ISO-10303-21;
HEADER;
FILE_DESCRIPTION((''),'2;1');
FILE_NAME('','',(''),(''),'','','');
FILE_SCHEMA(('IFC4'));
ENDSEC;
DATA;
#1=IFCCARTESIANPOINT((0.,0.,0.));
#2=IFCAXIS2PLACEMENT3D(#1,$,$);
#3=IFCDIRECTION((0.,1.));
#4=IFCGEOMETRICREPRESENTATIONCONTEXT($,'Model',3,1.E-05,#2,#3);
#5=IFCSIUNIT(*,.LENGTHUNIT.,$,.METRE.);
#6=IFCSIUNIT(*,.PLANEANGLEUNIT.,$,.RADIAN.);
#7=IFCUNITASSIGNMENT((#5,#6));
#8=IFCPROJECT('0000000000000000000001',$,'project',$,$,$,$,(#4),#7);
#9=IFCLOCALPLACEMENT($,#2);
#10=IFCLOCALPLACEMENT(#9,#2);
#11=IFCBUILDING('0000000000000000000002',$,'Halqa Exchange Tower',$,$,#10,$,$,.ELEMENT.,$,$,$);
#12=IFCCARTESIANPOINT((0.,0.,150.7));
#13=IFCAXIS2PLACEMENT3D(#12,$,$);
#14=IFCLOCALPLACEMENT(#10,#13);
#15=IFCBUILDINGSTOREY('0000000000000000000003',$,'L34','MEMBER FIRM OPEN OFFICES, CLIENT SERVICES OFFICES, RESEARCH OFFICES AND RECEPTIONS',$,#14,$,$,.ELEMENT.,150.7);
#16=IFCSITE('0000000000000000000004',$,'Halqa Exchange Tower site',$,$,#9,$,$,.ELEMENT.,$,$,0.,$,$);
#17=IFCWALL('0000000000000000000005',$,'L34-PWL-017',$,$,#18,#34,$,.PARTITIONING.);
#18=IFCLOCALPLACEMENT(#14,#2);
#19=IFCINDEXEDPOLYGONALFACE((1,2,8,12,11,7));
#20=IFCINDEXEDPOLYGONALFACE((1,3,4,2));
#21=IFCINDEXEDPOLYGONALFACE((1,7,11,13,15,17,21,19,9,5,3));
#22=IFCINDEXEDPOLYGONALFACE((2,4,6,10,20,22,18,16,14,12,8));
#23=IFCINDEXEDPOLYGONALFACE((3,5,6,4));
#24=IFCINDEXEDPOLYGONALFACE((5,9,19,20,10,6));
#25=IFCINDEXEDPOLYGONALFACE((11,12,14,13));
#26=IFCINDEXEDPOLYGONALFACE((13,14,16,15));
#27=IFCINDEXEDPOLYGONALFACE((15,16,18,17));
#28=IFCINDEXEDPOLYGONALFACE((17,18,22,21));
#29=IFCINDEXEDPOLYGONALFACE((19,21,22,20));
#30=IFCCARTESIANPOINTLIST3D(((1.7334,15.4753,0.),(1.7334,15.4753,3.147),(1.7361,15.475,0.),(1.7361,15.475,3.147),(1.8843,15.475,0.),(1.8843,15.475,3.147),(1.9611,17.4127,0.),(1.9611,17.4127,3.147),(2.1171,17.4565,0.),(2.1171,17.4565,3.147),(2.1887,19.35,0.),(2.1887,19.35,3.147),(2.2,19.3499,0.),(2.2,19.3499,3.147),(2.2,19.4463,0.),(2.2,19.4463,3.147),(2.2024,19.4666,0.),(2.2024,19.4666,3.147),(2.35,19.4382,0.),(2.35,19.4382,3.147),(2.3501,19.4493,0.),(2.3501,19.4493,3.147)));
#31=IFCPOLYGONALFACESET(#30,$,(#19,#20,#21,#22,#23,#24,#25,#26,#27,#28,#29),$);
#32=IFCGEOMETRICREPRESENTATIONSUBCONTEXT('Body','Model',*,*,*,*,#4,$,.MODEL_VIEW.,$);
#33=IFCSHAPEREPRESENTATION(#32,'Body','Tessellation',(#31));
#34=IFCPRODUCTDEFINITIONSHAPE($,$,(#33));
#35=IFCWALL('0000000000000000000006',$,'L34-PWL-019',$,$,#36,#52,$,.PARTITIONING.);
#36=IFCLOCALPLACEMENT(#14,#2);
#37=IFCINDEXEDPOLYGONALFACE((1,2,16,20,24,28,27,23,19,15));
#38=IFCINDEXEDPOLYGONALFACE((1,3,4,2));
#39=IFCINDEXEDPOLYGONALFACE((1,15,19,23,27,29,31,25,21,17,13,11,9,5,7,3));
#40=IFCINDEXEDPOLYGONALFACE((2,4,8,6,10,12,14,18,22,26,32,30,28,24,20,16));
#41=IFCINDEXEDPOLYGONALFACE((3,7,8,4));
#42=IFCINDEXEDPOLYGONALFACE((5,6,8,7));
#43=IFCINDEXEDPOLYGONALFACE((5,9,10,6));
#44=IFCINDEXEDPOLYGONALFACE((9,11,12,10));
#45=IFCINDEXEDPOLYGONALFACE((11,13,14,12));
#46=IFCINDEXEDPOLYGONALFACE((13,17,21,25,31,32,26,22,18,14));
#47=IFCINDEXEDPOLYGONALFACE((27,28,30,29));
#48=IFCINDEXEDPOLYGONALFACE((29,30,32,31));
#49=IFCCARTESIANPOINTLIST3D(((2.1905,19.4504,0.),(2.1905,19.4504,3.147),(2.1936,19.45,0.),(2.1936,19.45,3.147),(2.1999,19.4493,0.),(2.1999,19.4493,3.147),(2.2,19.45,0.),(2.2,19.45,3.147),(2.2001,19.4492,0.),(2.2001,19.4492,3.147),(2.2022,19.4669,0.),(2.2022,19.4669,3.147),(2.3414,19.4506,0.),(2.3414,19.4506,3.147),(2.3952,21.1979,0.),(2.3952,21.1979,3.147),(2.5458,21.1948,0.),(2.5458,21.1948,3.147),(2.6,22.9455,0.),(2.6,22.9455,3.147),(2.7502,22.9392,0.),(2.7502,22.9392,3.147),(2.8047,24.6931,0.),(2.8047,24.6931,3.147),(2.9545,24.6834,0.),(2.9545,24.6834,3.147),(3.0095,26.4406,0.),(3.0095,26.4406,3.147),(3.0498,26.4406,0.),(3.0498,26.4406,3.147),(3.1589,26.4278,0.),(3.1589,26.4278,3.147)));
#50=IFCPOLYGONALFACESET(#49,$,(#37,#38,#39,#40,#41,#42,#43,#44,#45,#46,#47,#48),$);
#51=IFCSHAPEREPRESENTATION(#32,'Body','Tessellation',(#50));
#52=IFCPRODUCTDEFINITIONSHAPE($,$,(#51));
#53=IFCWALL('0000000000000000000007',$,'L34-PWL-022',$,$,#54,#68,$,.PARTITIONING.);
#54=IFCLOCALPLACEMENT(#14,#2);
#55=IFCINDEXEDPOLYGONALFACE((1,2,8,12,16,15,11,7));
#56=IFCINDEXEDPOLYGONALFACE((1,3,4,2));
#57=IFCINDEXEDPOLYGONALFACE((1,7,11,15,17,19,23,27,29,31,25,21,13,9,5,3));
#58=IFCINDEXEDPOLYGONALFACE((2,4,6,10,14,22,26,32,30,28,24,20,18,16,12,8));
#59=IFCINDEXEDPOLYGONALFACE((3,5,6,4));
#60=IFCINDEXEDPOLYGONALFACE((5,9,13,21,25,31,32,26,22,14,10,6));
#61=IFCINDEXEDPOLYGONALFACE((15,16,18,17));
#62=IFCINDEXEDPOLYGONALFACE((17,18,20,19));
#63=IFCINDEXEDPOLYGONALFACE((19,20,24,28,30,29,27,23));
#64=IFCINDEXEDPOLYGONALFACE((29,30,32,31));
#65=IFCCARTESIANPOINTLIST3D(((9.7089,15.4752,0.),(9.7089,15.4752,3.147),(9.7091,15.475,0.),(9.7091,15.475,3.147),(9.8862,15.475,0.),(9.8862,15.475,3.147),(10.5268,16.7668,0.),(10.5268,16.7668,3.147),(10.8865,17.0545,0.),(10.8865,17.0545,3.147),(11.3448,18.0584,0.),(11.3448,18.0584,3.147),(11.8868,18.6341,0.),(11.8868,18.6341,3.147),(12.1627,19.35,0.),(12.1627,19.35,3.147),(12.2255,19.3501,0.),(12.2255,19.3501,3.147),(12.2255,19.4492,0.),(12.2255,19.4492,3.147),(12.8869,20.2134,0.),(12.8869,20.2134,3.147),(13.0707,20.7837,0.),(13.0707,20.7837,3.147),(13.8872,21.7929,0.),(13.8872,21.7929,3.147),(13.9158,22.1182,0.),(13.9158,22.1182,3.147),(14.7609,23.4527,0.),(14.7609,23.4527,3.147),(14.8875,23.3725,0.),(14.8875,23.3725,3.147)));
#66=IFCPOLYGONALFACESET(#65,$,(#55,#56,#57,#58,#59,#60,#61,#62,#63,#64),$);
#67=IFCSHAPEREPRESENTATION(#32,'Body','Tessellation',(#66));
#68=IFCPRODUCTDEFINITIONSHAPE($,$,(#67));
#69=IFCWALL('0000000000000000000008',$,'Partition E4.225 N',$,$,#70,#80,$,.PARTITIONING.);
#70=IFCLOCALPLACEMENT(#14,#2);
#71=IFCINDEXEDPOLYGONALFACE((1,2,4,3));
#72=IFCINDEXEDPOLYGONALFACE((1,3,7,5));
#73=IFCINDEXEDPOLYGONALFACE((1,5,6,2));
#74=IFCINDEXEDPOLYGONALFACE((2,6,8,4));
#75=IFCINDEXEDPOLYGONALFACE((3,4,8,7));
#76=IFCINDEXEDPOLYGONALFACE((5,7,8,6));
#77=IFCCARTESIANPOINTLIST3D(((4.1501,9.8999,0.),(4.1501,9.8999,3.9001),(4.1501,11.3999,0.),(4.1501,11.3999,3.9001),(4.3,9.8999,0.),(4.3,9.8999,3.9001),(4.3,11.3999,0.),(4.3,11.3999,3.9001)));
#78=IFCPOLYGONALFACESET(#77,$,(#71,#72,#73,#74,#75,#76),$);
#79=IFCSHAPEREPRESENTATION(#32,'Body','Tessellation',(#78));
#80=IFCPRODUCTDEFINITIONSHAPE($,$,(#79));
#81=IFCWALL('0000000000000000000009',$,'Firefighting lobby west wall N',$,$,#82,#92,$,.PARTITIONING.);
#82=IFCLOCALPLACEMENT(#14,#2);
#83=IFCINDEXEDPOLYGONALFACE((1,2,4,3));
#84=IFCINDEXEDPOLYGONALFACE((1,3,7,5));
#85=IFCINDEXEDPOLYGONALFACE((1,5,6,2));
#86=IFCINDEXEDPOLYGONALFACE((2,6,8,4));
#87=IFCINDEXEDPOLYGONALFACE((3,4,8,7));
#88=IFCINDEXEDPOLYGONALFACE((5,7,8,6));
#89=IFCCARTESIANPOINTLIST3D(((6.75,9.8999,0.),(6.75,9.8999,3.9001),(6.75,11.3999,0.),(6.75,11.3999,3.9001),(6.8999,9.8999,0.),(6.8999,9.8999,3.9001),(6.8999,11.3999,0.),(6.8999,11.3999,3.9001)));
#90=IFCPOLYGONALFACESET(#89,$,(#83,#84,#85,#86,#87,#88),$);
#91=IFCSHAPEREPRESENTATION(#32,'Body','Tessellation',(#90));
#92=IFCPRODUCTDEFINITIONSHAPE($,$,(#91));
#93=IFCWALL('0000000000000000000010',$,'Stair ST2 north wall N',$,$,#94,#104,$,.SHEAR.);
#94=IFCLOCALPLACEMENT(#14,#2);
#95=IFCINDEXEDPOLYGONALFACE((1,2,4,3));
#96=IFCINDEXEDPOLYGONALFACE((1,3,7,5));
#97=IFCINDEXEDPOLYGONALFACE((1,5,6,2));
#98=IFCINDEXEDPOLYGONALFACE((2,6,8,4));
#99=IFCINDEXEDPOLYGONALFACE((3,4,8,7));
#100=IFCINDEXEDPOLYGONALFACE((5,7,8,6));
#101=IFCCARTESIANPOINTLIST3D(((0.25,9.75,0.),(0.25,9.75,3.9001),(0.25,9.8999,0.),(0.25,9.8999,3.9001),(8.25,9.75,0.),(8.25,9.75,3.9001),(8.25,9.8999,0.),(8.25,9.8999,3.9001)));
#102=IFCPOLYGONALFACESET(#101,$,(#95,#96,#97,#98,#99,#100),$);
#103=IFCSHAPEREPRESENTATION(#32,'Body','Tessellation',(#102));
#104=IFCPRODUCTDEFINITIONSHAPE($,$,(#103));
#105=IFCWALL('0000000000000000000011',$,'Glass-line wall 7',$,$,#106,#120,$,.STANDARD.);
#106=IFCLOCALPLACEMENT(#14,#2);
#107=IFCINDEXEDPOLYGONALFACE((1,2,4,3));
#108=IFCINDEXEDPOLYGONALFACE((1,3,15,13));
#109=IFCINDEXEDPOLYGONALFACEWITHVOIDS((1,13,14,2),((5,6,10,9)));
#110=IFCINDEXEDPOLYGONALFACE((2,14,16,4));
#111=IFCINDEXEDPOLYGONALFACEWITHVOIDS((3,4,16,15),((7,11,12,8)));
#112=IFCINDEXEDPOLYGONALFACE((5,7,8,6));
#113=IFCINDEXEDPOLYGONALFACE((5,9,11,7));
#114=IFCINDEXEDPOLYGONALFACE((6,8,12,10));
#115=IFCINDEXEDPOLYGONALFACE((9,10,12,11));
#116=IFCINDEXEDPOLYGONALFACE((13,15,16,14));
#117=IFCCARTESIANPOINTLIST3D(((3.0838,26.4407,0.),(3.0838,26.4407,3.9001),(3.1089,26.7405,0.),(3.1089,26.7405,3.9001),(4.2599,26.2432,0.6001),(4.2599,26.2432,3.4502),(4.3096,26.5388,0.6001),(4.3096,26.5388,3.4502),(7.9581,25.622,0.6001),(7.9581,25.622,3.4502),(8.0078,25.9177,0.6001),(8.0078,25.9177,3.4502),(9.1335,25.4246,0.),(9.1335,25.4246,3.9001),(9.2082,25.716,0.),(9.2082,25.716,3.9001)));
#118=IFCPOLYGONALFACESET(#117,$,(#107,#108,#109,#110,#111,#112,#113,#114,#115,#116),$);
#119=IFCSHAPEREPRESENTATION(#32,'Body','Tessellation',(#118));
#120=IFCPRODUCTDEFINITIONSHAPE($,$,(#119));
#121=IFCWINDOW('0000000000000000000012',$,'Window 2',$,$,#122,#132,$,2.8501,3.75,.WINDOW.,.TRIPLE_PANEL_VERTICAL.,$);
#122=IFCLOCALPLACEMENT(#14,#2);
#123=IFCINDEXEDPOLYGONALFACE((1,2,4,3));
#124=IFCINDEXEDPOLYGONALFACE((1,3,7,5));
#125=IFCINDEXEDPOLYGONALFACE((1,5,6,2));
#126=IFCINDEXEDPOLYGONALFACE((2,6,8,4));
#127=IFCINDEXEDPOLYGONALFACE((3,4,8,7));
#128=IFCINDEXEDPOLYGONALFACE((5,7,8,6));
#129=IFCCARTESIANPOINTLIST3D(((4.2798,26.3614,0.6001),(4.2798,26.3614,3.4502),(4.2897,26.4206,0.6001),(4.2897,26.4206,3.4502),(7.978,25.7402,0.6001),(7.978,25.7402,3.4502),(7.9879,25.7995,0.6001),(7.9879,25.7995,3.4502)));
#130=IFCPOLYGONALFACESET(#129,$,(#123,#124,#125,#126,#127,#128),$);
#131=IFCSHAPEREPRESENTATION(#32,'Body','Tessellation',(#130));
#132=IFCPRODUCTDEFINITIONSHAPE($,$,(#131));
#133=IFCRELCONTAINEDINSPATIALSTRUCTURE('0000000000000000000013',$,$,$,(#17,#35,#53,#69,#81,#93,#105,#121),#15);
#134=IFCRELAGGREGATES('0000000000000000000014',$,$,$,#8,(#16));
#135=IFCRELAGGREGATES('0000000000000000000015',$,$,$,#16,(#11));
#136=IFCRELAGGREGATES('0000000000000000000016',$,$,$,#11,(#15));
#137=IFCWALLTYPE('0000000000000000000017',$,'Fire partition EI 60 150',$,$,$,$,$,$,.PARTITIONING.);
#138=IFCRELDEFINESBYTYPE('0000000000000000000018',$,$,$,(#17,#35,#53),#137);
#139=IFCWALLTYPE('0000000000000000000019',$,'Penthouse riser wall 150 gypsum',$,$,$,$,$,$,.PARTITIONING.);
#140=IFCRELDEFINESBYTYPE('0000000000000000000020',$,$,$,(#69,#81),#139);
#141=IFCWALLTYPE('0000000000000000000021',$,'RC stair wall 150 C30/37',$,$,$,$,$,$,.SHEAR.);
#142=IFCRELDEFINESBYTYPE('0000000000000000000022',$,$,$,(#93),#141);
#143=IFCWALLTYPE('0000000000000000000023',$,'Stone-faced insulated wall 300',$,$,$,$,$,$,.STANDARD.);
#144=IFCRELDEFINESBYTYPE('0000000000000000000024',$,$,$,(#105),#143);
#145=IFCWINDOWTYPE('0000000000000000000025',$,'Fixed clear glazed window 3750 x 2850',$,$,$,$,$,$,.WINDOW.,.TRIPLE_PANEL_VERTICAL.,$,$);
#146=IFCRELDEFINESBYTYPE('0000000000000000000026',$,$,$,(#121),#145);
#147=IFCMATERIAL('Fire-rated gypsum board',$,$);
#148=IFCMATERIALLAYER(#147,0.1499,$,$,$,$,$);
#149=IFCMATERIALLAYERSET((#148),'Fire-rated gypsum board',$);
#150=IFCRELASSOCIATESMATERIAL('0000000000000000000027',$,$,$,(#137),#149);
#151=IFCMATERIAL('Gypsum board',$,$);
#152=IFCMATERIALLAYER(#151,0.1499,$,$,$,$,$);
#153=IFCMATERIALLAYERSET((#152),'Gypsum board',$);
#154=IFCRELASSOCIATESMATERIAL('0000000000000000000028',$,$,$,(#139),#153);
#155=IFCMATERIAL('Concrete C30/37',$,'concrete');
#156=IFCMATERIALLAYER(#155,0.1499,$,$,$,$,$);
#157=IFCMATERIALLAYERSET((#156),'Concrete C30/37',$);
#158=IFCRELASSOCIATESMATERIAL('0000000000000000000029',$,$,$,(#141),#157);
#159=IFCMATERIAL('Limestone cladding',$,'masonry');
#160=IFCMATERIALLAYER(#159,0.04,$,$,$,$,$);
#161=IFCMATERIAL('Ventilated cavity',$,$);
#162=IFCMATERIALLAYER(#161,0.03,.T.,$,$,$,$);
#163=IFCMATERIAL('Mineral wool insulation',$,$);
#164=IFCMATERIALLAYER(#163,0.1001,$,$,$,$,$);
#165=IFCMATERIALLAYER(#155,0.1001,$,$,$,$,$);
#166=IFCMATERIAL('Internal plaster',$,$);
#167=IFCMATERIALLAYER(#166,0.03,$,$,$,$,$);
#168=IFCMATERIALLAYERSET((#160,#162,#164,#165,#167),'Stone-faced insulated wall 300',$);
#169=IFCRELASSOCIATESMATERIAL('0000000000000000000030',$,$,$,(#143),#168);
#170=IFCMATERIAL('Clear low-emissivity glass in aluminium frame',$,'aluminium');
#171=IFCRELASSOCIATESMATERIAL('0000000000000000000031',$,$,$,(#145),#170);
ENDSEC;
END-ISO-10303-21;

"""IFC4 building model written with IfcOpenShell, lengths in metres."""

from ifc_helpers import new_model, si_unit, direction, frame, frame_2d, origin, place, context, subcontext, project, spatial, polyline, rectangle, outline, extrude, material, layer, layer_set, type_object, element, fill, save


model = new_model("IFC4")

# Units and contexts
model_context = context("Model", 3, precision=1e-05, world=origin(), true_north=direction((0.0, 1.0)))
body_context = subcontext(model_context, "Body", "Model", "MODEL_VIEW")
ifc_project = project(units=[si_unit("LENGTHUNIT", "METRE"), si_unit("PLANEANGLEUNIT", "RADIAN")], contexts=[model_context])

# Site, building, storey
site_placement = place(None, origin())
site = spatial("IfcSite", under=ifc_project, at=site_placement, Name="Halqa Exchange Tower site", CompositionType="ELEMENT", RefElevation=0.0)
building_placement = place(site_placement, origin())
building = spatial("IfcBuilding", under=site, at=building_placement, Name="Halqa Exchange Tower", CompositionType="ELEMENT")
storey_placement = place(building_placement, frame((0.0, 0.0, 150.7)))
storey = spatial("IfcBuildingStorey", under=building, at=storey_placement, Name="L34", Description="MEMBER FIRM OPEN OFFICES, CLIENT SERVICES OFFICES, RESEARCH OFFICES AND RECEPTIONS", CompositionType="ELEMENT", Elevation=150.7)

# Walls
ifc_material_1 = material(Name="Fire-rated gypsum board")
ifc_layer_1 = layer(ifc_material_1, 0.1499)
ifc_layer_set_1 = layer_set([ifc_layer_1], Name="Fire-rated gypsum board")
wall_type_1 = type_object("IfcWallType", Name="Fire partition EI 60 150", PredefinedType="PARTITIONING", material=ifc_layer_set_1)
wall_1_placement = place(storey_placement, frame((1.8079, 15.4666, 0.0), z_axis=(0.0, 0.0, 1.0), x_axis=(0.116697, 0.993168, 0.0)))
element("IfcWall", 1, at=wall_1_placement, inside=storey, type_object=wall_type_1, Name="L34-PWL-017", PredefinedType="PARTITIONING", context=body_context, shape_type="SweptSolid", body=[
    extrude(outline(polyline([(0.0173, -0.075), (2.0125, -0.075), (4.0078, -0.075), (4.0188, -0.0737), (4.0188, 0.075), (3.9983, 0.075), (3.9026, 0.0637), (3.9014, 0.075), (1.9507, 0.075), (0.0, 0.075), (0.0, 0.0723), (0.0173, -0.075)])), origin(), (0.0, 0.0, 1.0), 3.147),
])
wall_2_placement = place(storey_placement, frame((2.2649, 19.4417, 0.0), z_axis=(0.0, 0.0, 1.0), x_axis=(0.116373, 0.993206, 0.0)))
element("IfcWall", 2, at=wall_2_placement, inside=storey, type_object=wall_type_1, Name="L34-PWL-019", PredefinedType="PARTITIONING", context=body_context, shape_type="SweptSolid", body=[
    extrude(outline(polyline([(7.0427, -0.075), (7.0427, 0.0349), (7.0381, 0.075), (5.2786, 0.075), (3.519, 0.075), (1.7595, 0.075), (0.0, 0.075), (0.0, 0.0718), (0.0007, 0.0654), (0.0, 0.0654), (0.0, 0.0652), (0.0178, 0.0652), (0.0178, -0.075), (1.7739, -0.075), (3.5303, -0.075), (5.2864, -0.075), (7.0427, -0.075)])), origin(), (0.0, 0.0, 1.0), 3.147),
])
wall_3_placement = place(storey_placement, frame((9.7722, 15.4351, 0.0), z_axis=(0.0, 0.0, 1.0), x_axis=(0.535019, 0.84484, 0.0)))
element("IfcWall", 3, at=wall_3_placement, inside=storey, type_object=wall_type_1, Name="L34-PWL-022", PredefinedType="PARTITIONING", context=body_context, shape_type="SweptSolid", body=[
    extrude(outline(polyline([(9.4426, 0.075), (7.863, 0.075), (6.2834, 0.075), (4.7039, 0.075), (4.6201, 0.022), (4.5864, 0.075), (3.0576, 0.075), (1.5288, 0.075), (0.0, 0.075), (0.0, 0.0747), (0.0947, -0.075), (1.9644, -0.075), (3.834, -0.075), (5.7034, -0.075), (7.573, -0.075), (9.4426, -0.075), (9.4426, 0.075)])), origin(), (0.0, 0.0, 1.0), 3.147),
])

# Shared definitions
ifc_material_2 = material(Name="Gypsum board")

# Walls
ifc_layer_2 = layer(ifc_material_2, 0.1499)
ifc_layer_set_2 = layer_set([ifc_layer_2], Name="Gypsum board")
wall_type_2 = type_object("IfcWallType", Name="Penthouse riser wall 150 gypsum", PredefinedType="PARTITIONING", material=ifc_layer_set_2)
for number, where, z_axis, x_axis, name in (
    (4, (4.2251, 9.8999, 0.0), (0.0, 0.0, 1.0), (0.0, 1.0, 0.0), "Partition E4.225 N"),
    (5, (6.825, 9.8999, 0.0), (0.0, 0.0, 1.0), (0.0, 1.0, 0.0), "Firefighting lobby west wall N"),
):
    element("IfcWall", number, at=place(storey_placement, frame(where, z_axis=z_axis, x_axis=x_axis)), inside=storey, type_object=wall_type_2, Name=name, PredefinedType="PARTITIONING", context=body_context, shape_type="SweptSolid", body=[
        extrude(rectangle(XDim=1.5, YDim=0.1499, at=frame_2d((0.75, 0.0))), origin(), (0.0, 0.0, 1.0), 3.9001),
    ])
ifc_material_3 = material(Name="Concrete C30/37", Category="concrete")
ifc_layer_3 = layer(ifc_material_3, 0.1499)
ifc_layer_set_3 = layer_set([ifc_layer_3], Name="Concrete C30/37")
wall_type_3 = type_object("IfcWallType", Name="RC stair wall 150 C30/37", PredefinedType="SHEAR", material=ifc_layer_set_3)
wall_4_placement = place(storey_placement, frame((0.25, 9.825, 0.0), z_axis=(0.0, 0.0, 1.0), x_axis=(1.0, 0.0, 0.0)))
element("IfcWall", 6, at=wall_4_placement, inside=storey, type_object=wall_type_3, Name="Stair ST2 north wall N", PredefinedType="SHEAR", context=body_context, shape_type="SweptSolid", body=[
    extrude(rectangle(XDim=8.0, YDim=0.1499, at=frame_2d((4.0, 0.0))), origin(), (0.0, 0.0, 1.0), 3.9001),
])

# Wall, opening, window
ifc_material_4 = material(Name="Limestone cladding", Category="masonry")
ifc_layer_4 = layer(ifc_material_4, 0.04)
ifc_material_5 = material(Name="Ventilated cavity")
ifc_layer_5 = layer(ifc_material_5, 0.03, ventilated=True)
ifc_material_6 = material(Name="Mineral wool insulation")
ifc_layer_6 = layer(ifc_material_6, 0.1001)
ifc_layer_7 = layer(ifc_material_3, 0.1001)
ifc_material_7 = material(Name="Internal plaster")
ifc_layer_8 = layer(ifc_material_7, 0.03)
ifc_layer_set_4 = layer_set([ifc_layer_4, ifc_layer_5, ifc_layer_6, ifc_layer_7, ifc_layer_8], Name="Stone-faced insulated wall 300")
wall_type_4 = type_object("IfcWallType", Name="Stone-faced insulated wall 300", PredefinedType="STANDARD", material=ifc_layer_set_4)
wall_5_placement = place(storey_placement, frame((9.1709, 25.5703, 0.0), z_axis=(0.0, 0.0, 1.0), x_axis=(-0.986186, 0.165639, 0.0)))
wall_5 = element("IfcWall", 7, at=wall_5_placement, inside=storey, type_object=wall_type_4, Name="Glass-line wall 7", PredefinedType="STANDARD", context=body_context, shape_type="SweptSolid", body=[
    extrude(outline(polyline([(-0.0127, -0.1499), (6.1721, -0.1499), (6.1472, 0.1499), (0.0127, 0.1499), (-0.0127, -0.1499)])), origin(), (0.0, 0.0, 1.0), 3.9001),
])
opening_1_placement = place(wall_5_placement, frame((1.2046, 0.0, 0.6001)))
opening_1 = element("IfcOpeningElement", 8, at=opening_1_placement, cuts=wall_5, PredefinedType="OPENING", context=body_context, shape_type="SweptSolid", body=[
    extrude(rectangle(XDim=3.75, YDim=2.8501, at=frame_2d((1.875, 1.425))), frame((0.0, 0.1621, 0.0), z_axis=(0.0, -1.0, 0.0), x_axis=(1.0, 0.0, 0.0)), (0.0, 0.0, 1.0), 0.324),
])
ifc_material_8 = material(Name="Clear low-emissivity glass in aluminium frame", Category="aluminium")
window_type = type_object("IfcWindowType", Name="Fixed clear glazed window 3750 x 2850", PartitioningType="TRIPLE_PANEL_VERTICAL", PredefinedType="WINDOW", material=ifc_material_8)
window_placement = place(opening_1_placement, origin())
window = element("IfcWindow", 9, at=window_placement, inside=storey, type_object=window_type, Name="Window 2", OverallHeight=2.8501, OverallWidth=3.75, PartitioningType="TRIPLE_PANEL_VERTICAL", PredefinedType="WINDOW", context=body_context, shape_type="SweptSolid", body=[
    extrude(rectangle(XDim=3.75, YDim=2.8501, at=frame_2d((1.875, 1.425))), frame((0.0, 0.03, 0.0), z_axis=(0.0, -1.0, 0.0), x_axis=(1.0, 0.0, 0.0)), (0.0, 0.0, 1.0), 0.0601),
])
fill(opening_1, window)

save(model, "model.ifc")
